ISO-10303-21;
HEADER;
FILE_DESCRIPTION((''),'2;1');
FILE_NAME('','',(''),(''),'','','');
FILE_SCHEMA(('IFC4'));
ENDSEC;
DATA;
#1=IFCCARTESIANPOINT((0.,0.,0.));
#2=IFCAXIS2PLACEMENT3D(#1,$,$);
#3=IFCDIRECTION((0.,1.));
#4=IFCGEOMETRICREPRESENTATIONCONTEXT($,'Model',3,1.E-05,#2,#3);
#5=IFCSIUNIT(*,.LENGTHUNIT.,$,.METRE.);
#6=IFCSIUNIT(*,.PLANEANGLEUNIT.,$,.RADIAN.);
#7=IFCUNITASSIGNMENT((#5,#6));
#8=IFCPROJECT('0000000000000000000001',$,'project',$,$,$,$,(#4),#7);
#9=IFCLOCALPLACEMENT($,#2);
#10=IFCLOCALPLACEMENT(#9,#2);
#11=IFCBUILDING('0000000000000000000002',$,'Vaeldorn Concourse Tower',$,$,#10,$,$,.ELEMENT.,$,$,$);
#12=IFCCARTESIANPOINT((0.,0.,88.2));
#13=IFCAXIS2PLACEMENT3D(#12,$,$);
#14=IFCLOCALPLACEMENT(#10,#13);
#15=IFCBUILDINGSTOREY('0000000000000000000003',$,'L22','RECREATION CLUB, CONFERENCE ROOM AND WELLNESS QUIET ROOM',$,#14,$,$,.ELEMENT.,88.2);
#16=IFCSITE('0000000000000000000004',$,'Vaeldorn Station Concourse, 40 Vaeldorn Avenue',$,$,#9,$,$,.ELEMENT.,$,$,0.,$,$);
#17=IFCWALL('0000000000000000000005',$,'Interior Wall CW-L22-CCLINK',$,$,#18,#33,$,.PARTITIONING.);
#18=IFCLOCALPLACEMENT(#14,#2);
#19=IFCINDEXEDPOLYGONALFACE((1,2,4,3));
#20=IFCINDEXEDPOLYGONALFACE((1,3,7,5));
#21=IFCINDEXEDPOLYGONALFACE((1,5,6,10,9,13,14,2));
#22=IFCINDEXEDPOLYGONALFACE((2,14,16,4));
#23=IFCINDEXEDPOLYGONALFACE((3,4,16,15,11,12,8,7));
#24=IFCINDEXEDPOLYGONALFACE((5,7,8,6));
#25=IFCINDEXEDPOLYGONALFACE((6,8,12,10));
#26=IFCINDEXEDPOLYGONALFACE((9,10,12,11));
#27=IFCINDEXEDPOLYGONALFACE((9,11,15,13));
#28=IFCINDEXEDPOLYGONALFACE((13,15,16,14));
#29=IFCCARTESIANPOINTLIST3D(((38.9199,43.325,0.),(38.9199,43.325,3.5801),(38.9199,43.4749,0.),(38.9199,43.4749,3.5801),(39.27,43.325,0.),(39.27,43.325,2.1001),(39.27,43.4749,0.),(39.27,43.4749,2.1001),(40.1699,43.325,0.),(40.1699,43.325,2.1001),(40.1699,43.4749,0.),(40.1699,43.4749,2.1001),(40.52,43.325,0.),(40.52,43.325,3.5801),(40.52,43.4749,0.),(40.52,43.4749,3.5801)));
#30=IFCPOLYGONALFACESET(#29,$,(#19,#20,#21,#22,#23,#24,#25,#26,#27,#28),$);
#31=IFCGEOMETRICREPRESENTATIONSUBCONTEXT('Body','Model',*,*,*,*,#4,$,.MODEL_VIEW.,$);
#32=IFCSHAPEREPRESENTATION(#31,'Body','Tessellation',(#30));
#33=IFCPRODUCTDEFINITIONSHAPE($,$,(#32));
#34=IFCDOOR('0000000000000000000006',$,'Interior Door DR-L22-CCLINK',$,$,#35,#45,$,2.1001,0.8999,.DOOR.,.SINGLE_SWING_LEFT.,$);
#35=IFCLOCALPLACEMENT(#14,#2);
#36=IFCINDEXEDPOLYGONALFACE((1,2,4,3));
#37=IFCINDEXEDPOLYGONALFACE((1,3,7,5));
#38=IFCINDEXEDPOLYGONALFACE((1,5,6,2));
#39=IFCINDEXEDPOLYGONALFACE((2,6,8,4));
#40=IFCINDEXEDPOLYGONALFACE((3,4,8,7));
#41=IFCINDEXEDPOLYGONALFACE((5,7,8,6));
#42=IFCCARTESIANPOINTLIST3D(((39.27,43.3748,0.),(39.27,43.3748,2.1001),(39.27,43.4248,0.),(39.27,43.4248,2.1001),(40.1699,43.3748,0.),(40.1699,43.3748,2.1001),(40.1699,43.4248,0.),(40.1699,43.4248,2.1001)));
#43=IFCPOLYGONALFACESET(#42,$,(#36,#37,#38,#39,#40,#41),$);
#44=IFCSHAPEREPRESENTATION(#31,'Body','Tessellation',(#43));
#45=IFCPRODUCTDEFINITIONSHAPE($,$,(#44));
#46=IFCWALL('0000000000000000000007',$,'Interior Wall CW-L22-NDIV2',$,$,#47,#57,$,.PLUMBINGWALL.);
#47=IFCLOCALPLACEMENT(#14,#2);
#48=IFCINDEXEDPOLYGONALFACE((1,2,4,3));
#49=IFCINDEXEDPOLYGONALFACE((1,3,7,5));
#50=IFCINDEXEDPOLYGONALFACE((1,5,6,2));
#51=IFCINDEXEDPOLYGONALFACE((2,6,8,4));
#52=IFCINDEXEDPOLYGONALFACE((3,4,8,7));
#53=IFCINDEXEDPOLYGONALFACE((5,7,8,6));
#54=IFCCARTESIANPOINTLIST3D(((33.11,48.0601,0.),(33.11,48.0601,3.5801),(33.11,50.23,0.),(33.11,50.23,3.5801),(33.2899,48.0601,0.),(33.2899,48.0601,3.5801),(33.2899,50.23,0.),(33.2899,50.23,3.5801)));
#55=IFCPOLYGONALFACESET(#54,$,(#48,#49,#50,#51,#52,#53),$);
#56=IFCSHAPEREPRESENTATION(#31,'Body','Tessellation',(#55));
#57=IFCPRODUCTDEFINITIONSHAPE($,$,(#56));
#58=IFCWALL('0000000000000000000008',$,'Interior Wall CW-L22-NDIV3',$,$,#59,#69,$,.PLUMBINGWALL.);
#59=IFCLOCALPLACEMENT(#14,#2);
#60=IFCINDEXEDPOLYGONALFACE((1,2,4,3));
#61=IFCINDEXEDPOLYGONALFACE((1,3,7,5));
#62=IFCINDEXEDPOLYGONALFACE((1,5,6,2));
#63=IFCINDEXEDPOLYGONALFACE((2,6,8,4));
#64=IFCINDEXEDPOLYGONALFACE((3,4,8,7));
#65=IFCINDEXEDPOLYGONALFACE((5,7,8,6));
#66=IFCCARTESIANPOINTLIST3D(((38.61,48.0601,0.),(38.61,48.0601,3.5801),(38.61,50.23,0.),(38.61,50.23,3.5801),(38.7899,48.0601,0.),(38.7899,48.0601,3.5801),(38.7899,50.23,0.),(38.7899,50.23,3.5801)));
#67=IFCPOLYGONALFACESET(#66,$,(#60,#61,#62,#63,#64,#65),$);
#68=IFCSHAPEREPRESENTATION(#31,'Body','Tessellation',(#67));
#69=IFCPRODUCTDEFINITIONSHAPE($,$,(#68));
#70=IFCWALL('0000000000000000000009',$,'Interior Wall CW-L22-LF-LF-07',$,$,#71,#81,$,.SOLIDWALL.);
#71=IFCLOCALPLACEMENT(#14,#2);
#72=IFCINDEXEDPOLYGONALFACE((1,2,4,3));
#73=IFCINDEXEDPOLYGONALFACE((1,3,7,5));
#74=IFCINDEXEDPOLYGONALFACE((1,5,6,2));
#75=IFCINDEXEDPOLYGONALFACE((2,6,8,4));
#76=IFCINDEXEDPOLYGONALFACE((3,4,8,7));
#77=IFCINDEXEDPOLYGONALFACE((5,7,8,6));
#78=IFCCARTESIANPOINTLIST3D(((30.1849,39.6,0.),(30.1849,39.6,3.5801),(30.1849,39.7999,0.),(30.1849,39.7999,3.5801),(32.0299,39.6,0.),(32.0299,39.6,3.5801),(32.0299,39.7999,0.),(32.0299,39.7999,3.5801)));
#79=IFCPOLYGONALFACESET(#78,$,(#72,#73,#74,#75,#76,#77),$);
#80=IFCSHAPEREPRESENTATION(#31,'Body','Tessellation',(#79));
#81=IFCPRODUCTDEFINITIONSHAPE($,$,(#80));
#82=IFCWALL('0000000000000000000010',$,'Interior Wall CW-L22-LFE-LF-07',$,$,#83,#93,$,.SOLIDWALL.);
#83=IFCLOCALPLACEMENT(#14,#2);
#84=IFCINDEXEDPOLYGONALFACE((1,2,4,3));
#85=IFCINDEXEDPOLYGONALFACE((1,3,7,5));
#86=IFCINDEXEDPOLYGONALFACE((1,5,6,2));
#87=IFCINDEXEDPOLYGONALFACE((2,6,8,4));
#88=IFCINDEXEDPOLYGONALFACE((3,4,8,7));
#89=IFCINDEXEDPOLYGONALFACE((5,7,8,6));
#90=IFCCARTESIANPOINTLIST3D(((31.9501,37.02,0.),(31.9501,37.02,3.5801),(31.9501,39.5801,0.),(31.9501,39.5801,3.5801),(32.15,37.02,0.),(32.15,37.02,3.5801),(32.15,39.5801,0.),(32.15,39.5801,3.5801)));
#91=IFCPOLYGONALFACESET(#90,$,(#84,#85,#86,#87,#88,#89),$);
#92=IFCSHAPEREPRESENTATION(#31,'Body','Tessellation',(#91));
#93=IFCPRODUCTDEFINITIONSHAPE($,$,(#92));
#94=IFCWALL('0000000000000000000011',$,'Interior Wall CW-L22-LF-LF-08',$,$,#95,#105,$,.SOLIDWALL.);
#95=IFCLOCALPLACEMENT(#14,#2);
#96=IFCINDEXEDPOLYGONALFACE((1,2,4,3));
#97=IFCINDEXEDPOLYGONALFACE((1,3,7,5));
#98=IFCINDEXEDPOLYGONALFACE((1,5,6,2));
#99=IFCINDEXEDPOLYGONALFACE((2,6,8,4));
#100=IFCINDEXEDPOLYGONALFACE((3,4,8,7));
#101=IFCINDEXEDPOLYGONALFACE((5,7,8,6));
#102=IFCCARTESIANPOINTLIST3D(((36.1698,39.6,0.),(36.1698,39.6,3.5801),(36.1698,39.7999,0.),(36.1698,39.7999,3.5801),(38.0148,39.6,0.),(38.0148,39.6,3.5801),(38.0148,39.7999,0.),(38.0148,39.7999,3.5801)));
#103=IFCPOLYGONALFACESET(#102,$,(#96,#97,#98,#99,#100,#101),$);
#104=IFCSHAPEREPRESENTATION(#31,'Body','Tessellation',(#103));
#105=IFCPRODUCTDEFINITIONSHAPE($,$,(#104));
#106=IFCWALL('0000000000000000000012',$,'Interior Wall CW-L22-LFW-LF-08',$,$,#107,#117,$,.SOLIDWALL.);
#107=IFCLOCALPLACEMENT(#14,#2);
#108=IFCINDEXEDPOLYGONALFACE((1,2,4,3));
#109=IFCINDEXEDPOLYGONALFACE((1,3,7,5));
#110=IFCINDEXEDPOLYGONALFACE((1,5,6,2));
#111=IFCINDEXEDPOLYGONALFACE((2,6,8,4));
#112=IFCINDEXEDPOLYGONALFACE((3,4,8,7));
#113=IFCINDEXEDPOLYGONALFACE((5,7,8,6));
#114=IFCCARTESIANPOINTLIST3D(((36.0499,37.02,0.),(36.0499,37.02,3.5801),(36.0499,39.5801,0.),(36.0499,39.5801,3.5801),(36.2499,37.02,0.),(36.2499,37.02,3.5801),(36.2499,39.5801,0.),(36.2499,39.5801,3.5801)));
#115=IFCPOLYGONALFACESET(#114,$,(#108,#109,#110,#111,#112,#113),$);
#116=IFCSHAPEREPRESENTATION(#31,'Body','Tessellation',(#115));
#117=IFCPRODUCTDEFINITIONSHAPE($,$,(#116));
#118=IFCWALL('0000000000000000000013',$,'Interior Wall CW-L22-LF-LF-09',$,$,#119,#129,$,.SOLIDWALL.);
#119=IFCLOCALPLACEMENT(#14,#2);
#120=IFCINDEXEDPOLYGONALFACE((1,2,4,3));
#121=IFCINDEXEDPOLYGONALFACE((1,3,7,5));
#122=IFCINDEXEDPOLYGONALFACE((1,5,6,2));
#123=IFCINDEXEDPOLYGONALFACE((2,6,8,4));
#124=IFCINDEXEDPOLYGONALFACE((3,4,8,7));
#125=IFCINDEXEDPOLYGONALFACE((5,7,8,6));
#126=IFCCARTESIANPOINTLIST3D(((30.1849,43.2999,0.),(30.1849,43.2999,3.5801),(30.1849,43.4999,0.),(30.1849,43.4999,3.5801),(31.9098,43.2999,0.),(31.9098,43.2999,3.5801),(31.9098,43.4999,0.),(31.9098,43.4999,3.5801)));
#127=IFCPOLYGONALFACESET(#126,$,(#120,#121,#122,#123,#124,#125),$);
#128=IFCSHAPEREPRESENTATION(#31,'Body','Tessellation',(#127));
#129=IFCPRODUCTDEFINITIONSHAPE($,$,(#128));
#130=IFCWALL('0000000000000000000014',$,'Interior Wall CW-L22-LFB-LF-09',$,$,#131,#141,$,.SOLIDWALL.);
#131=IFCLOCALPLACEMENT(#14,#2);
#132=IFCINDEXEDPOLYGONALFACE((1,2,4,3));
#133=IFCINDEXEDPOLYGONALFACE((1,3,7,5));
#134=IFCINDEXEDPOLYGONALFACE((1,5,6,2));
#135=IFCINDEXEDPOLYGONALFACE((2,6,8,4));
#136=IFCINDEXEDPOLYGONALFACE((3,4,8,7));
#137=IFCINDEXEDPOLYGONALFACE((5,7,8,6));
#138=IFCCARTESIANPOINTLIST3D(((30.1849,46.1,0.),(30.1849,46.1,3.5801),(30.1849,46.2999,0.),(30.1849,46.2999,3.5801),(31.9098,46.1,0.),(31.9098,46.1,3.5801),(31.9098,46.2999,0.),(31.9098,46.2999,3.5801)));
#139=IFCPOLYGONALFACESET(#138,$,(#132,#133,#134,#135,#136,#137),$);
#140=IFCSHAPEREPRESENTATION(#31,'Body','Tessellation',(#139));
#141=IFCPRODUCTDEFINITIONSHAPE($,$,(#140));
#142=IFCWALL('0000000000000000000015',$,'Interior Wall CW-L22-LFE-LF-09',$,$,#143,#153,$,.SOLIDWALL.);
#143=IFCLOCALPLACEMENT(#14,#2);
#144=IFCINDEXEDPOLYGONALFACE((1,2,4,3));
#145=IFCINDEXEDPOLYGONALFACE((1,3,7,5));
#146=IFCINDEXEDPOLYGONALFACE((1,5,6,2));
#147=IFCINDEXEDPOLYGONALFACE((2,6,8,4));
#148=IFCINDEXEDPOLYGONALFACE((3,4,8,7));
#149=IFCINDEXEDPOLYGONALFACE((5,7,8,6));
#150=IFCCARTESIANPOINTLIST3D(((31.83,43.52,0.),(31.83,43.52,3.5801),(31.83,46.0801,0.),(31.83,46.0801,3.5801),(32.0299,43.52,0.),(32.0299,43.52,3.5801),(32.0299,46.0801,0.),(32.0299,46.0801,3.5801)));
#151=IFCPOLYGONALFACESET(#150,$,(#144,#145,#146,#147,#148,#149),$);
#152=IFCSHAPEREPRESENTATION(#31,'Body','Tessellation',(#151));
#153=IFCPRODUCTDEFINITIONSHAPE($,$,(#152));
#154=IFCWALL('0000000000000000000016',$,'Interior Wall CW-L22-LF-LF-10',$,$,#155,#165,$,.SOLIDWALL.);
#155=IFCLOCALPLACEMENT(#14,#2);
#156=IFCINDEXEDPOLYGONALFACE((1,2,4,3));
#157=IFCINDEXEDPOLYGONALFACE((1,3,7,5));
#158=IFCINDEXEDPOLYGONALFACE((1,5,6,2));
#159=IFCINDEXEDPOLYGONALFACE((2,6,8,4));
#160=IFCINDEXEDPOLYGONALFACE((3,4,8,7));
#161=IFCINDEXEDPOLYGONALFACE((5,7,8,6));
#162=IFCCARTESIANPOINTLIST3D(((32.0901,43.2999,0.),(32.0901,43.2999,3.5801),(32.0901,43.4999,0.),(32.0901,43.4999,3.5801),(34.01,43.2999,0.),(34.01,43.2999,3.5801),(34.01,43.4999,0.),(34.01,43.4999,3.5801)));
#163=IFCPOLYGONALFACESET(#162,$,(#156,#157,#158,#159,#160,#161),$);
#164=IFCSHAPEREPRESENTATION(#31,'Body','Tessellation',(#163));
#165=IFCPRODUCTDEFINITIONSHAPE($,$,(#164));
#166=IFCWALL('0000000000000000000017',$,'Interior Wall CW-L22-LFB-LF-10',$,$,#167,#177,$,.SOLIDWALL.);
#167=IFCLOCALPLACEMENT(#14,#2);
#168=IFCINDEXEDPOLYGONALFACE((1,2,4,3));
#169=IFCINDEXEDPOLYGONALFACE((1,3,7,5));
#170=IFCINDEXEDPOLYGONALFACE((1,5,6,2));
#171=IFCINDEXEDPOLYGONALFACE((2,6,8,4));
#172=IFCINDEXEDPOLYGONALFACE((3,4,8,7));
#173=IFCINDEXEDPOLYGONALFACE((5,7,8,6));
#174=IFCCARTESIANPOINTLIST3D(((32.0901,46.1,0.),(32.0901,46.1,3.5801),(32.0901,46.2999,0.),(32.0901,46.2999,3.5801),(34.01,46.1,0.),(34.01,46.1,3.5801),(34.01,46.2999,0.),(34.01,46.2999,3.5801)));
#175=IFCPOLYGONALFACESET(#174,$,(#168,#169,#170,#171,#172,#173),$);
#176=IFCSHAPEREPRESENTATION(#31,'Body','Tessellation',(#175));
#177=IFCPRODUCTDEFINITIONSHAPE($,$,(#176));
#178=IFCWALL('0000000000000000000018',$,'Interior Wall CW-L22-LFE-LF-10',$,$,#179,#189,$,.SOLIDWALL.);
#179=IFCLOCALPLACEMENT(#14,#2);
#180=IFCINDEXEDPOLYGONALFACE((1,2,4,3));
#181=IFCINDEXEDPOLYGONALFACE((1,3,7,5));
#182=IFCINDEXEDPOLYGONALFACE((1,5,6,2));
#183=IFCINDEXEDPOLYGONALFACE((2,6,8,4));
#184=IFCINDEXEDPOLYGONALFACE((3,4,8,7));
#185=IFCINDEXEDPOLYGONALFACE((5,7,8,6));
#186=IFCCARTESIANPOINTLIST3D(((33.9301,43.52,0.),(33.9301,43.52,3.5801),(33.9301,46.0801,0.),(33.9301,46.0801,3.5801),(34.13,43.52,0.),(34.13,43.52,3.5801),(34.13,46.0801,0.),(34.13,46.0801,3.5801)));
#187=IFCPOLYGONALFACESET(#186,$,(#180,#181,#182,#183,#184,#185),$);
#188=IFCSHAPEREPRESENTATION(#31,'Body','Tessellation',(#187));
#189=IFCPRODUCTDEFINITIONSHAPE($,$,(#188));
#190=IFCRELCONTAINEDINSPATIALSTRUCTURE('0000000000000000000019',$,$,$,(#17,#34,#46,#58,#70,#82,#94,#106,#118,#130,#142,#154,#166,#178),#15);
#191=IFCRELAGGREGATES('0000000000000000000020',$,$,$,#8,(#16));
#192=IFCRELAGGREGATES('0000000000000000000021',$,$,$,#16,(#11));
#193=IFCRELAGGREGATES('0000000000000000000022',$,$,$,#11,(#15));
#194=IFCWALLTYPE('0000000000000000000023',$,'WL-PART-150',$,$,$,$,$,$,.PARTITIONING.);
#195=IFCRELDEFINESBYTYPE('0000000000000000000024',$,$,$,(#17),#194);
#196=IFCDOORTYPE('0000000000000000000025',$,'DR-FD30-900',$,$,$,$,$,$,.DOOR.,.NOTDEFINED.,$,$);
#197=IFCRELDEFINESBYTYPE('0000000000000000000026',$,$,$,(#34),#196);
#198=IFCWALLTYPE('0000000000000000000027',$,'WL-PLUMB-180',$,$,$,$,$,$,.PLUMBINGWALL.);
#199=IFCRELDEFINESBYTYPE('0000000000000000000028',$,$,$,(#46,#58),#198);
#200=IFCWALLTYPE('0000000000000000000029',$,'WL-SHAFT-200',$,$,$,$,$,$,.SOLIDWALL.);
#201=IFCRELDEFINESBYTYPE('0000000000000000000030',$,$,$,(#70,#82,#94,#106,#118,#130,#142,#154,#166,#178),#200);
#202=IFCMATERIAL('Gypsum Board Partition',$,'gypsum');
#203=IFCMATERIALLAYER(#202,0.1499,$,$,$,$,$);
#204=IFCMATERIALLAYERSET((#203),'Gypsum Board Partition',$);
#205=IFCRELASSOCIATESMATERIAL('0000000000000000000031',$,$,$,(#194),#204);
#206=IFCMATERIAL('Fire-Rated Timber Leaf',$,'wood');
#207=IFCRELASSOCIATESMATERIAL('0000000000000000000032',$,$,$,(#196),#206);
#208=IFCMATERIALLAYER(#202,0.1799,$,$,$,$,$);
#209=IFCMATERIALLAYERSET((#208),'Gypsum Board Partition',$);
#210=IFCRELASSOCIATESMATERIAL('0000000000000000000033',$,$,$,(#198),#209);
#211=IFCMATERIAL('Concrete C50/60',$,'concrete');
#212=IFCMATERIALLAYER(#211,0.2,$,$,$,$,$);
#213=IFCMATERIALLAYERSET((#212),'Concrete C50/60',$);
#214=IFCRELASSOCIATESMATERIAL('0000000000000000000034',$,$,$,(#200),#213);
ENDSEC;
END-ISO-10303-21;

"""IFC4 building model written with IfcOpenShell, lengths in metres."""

from ifc_helpers import new_model, si_unit, direction, frame, frame_2d, origin, place, context, subcontext, project, spatial, rectangle, extrude, source, transform, mapped, material, layer, layer_set, type_object, element, fill, save


model = new_model("IFC4")

# Units and contexts
model_context = context("Model", 3, precision=1e-05, world=origin(), true_north=direction((0.0, 1.0)))
body_context = subcontext(model_context, "Body", "Model", "MODEL_VIEW")
ifc_project = project(units=[si_unit("LENGTHUNIT", "METRE"), si_unit("PLANEANGLEUNIT", "RADIAN")], contexts=[model_context])

# Site, building, storey
site_placement = place(None, origin())
site = spatial("IfcSite", under=ifc_project, at=site_placement, Name="Vaeldorn Station Concourse, 40 Vaeldorn Avenue", CompositionType="ELEMENT", RefElevation=0.0)
building_placement = place(site_placement, origin())
building = spatial("IfcBuilding", under=site, at=building_placement, Name="Vaeldorn Concourse Tower", CompositionType="ELEMENT")
storey_placement = place(building_placement, frame((0.0, 0.0, 88.2)))
storey = spatial("IfcBuildingStorey", under=building, at=storey_placement, Name="L22", Description="RECREATION CLUB, CONFERENCE ROOM AND WELLNESS QUIET ROOM", CompositionType="ELEMENT", Elevation=88.2)

# Wall, opening, door
ifc_material_1 = material(Name="Gypsum Board Partition", Category="gypsum")
ifc_layer_1 = layer(ifc_material_1, 0.1499)
ifc_layer_set_1 = layer_set([ifc_layer_1], Name="Gypsum Board Partition")
wall_type_1 = type_object("IfcWallType", Name="WL-PART-150", PredefinedType="PARTITIONING", material=ifc_layer_set_1)
wall_1_placement = place(storey_placement, frame((38.9199, 43.3999, 0.0), z_axis=(0.0, 0.0, 1.0), x_axis=(1.0, 0.0, 0.0)))
wall_1 = element("IfcWall", 1, at=wall_1_placement, inside=storey, type_object=wall_type_1, Name="Interior Wall CW-L22-CCLINK", PredefinedType="PARTITIONING", context=body_context, shape_type="SweptSolid", body=[
    extrude(rectangle(XDim=1.6001, YDim=0.1499, at=frame_2d((0.8, 0.0))), origin(), (0.0, 0.0, 1.0), 3.5801),
])
opening_placement = place(wall_1_placement, frame((0.3501, 0.0, 0.0)))
opening = element("IfcOpeningElement", 2, at=opening_placement, cuts=wall_1, PredefinedType="OPENING", context=body_context, shape_type="SweptSolid", body=[
    extrude(rectangle(XDim=0.8999, YDim=2.1001, at=frame_2d((0.45, 1.05))), frame((0.0, 0.085, 0.0), z_axis=(0.0, -1.0, 0.0), x_axis=(1.0, 0.0, 0.0)), (0.0, 0.0, 1.0), 0.1699),
])
ifc_material_2 = material(Name="Fire-Rated Timber Leaf", Category="wood")
door_type = type_object("IfcDoorType", Name="DR-FD30-900", OperationType="NOTDEFINED", PredefinedType="DOOR", material=ifc_material_2)
shared_shape_1 = source(origin(), body_context, "Body", "SweptSolid", [
    extrude(rectangle(XDim=0.8999, YDim=2.1001, at=frame_2d((0.45, 1.05))), frame((0.0, 0.0249, 0.0), z_axis=(0.0, -1.0, 0.0), x_axis=(1.0, 0.0, 0.0)), (0.0, 0.0, 1.0), 0.05),
])
door_placement = place(opening_placement, origin())
door = element("IfcDoor", 3, at=door_placement, inside=storey, type_object=door_type, Name="Interior Door DR-L22-CCLINK", OperationType="SINGLE_SWING_LEFT", OverallHeight=2.1001, OverallWidth=0.8999, PredefinedType="DOOR", context=body_context, shape_type="MappedRepresentation", body=[
    mapped(shared_shape_1, transform((0.0, 0.0, 0.0), scale=1.0)),
])
fill(opening, door)

# Walls
ifc_layer_2 = layer(ifc_material_1, 0.1799)
ifc_layer_set_2 = layer_set([ifc_layer_2], Name="Gypsum Board Partition")
wall_type_2 = type_object("IfcWallType", Name="WL-PLUMB-180", PredefinedType="PLUMBINGWALL", material=ifc_layer_set_2)
for number, where, z_axis, x_axis, name in (
    (4, (33.2, 48.0601, 0.0), (0.0, 0.0, 1.0), (0.0, 1.0, 0.0), "Interior Wall CW-L22-NDIV2"),
    (5, (38.7, 48.0601, 0.0), (0.0, 0.0, 1.0), (0.0, 1.0, 0.0), "Interior Wall CW-L22-NDIV3"),
):
    element("IfcWall", number, at=place(storey_placement, frame(where, z_axis=z_axis, x_axis=x_axis)), inside=storey, type_object=wall_type_2, Name=name, PredefinedType="PLUMBINGWALL", context=body_context, shape_type="SweptSolid", body=[
        extrude(rectangle(XDim=2.1699, YDim=0.1799, at=frame_2d((1.085, 0.0))), origin(), (0.0, 0.0, 1.0), 3.5801),
    ])
ifc_material_3 = material(Name="Concrete C50/60", Category="concrete")
ifc_layer_3 = layer(ifc_material_3, 0.2)
ifc_layer_set_3 = layer_set([ifc_layer_3], Name="Concrete C50/60")
wall_type_3 = type_object("IfcWallType", Name="WL-SHAFT-200", PredefinedType="SOLIDWALL", material=ifc_layer_set_3)
wall_2_placement = place(storey_placement, frame((30.1851, 39.7, 0.0), z_axis=(0.0, 0.0, 1.0), x_axis=(1.0, 0.0, 0.0)))
element("IfcWall", 6, at=wall_2_placement, inside=storey, type_object=wall_type_3, Name="Interior Wall CW-L22-LF-LF-07", PredefinedType="SOLIDWALL", context=body_context, shape_type="SweptSolid", body=[
    extrude(rectangle(XDim=1.845, YDim=0.2, at=frame_2d((0.9224, 0.0))), origin(), (0.0, 0.0, 1.0), 3.5801),
])
wall_3_placement = place(storey_placement, frame((32.05, 37.02, 0.0), z_axis=(0.0, 0.0, 1.0), x_axis=(0.0, 1.0, 0.0)))
element("IfcWall", 7, at=wall_3_placement, inside=storey, type_object=wall_type_3, Name="Interior Wall CW-L22-LFE-LF-07", PredefinedType="SOLIDWALL", context=body_context, shape_type="SweptSolid", body=[
    extrude(rectangle(XDim=2.5601, YDim=0.2, at=frame_2d((1.28, 0.0))), origin(), (0.0, 0.0, 1.0), 3.5801),
])
wall_4_placement = place(storey_placement, frame((36.1699, 39.7, 0.0), z_axis=(0.0, 0.0, 1.0), x_axis=(1.0, 0.0, 0.0)))
element("IfcWall", 8, at=wall_4_placement, inside=storey, type_object=wall_type_3, Name="Interior Wall CW-L22-LF-LF-08", PredefinedType="SOLIDWALL", context=body_context, shape_type="SweptSolid", body=[
    extrude(rectangle(XDim=1.845, YDim=0.2, at=frame_2d((0.9224, 0.0))), origin(), (0.0, 0.0, 1.0), 3.5801),
])
wall_5_placement = place(storey_placement, frame((36.1499, 37.02, 0.0), z_axis=(0.0, 0.0, 1.0), x_axis=(0.0, 1.0, 0.0)))
element("IfcWall", 9, at=wall_5_placement, inside=storey, type_object=wall_type_3, Name="Interior Wall CW-L22-LFW-LF-08", PredefinedType="SOLIDWALL", context=body_context, shape_type="SweptSolid", body=[
    extrude(rectangle(XDim=2.5601, YDim=0.2, at=frame_2d((1.28, 0.0))), origin(), (0.0, 0.0, 1.0), 3.5801),
])
for number, where, z_axis, x_axis, name in (
    (10, (30.1851, 43.3999, 0.0), (0.0, 0.0, 1.0), (1.0, 0.0, 0.0), "Interior Wall CW-L22-LF-LF-09"),
    (11, (30.1851, 46.2, 0.0), (0.0, 0.0, 1.0), (1.0, 0.0, 0.0), "Interior Wall CW-L22-LFB-LF-09"),
):
    element("IfcWall", number, at=place(storey_placement, frame(where, z_axis=z_axis, x_axis=x_axis)), inside=storey, type_object=wall_type_3, Name=name, PredefinedType="SOLIDWALL", context=body_context, shape_type="SweptSolid", body=[
        extrude(rectangle(XDim=1.7249, YDim=0.2, at=frame_2d((0.8623, 0.0))), origin(), (0.0, 0.0, 1.0), 3.5801),
    ])
wall_6_placement = place(storey_placement, frame((31.9299, 43.52, 0.0), z_axis=(0.0, 0.0, 1.0), x_axis=(0.0, 1.0, 0.0)))
element("IfcWall", 12, at=wall_6_placement, inside=storey, type_object=wall_type_3, Name="Interior Wall CW-L22-LFE-LF-09", PredefinedType="SOLIDWALL", context=body_context, shape_type="SweptSolid", body=[
    extrude(rectangle(XDim=2.5601, YDim=0.2, at=frame_2d((1.28, 0.0))), origin(), (0.0, 0.0, 1.0), 3.5801),
])
for number, where, z_axis, x_axis, name in (
    (13, (32.0901, 43.3999, 0.0), (0.0, 0.0, 1.0), (1.0, 0.0, 0.0), "Interior Wall CW-L22-LF-LF-10"),
    (14, (32.0901, 46.2, 0.0), (0.0, 0.0, 1.0), (1.0, 0.0, 0.0), "Interior Wall CW-L22-LFB-LF-10"),
):
    element("IfcWall", number, at=place(storey_placement, frame(where, z_axis=z_axis, x_axis=x_axis)), inside=storey, type_object=wall_type_3, Name=name, PredefinedType="SOLIDWALL", context=body_context, shape_type="SweptSolid", body=[
        extrude(rectangle(XDim=1.9199, YDim=0.2, at=frame_2d((0.96, 0.0))), origin(), (0.0, 0.0, 1.0), 3.5801),
    ])
wall_7_placement = place(storey_placement, frame((34.03, 43.52, 0.0), z_axis=(0.0, 0.0, 1.0), x_axis=(0.0, 1.0, 0.0)))
element("IfcWall", 15, at=wall_7_placement, inside=storey, type_object=wall_type_3, Name="Interior Wall CW-L22-LFE-LF-10", PredefinedType="SOLIDWALL", context=body_context, shape_type="SweptSolid", body=[
    extrude(rectangle(XDim=2.5601, YDim=0.2, at=frame_2d((1.28, 0.0))), origin(), (0.0, 0.0, 1.0), 3.5801),
])

save(model, "model.ifc")
